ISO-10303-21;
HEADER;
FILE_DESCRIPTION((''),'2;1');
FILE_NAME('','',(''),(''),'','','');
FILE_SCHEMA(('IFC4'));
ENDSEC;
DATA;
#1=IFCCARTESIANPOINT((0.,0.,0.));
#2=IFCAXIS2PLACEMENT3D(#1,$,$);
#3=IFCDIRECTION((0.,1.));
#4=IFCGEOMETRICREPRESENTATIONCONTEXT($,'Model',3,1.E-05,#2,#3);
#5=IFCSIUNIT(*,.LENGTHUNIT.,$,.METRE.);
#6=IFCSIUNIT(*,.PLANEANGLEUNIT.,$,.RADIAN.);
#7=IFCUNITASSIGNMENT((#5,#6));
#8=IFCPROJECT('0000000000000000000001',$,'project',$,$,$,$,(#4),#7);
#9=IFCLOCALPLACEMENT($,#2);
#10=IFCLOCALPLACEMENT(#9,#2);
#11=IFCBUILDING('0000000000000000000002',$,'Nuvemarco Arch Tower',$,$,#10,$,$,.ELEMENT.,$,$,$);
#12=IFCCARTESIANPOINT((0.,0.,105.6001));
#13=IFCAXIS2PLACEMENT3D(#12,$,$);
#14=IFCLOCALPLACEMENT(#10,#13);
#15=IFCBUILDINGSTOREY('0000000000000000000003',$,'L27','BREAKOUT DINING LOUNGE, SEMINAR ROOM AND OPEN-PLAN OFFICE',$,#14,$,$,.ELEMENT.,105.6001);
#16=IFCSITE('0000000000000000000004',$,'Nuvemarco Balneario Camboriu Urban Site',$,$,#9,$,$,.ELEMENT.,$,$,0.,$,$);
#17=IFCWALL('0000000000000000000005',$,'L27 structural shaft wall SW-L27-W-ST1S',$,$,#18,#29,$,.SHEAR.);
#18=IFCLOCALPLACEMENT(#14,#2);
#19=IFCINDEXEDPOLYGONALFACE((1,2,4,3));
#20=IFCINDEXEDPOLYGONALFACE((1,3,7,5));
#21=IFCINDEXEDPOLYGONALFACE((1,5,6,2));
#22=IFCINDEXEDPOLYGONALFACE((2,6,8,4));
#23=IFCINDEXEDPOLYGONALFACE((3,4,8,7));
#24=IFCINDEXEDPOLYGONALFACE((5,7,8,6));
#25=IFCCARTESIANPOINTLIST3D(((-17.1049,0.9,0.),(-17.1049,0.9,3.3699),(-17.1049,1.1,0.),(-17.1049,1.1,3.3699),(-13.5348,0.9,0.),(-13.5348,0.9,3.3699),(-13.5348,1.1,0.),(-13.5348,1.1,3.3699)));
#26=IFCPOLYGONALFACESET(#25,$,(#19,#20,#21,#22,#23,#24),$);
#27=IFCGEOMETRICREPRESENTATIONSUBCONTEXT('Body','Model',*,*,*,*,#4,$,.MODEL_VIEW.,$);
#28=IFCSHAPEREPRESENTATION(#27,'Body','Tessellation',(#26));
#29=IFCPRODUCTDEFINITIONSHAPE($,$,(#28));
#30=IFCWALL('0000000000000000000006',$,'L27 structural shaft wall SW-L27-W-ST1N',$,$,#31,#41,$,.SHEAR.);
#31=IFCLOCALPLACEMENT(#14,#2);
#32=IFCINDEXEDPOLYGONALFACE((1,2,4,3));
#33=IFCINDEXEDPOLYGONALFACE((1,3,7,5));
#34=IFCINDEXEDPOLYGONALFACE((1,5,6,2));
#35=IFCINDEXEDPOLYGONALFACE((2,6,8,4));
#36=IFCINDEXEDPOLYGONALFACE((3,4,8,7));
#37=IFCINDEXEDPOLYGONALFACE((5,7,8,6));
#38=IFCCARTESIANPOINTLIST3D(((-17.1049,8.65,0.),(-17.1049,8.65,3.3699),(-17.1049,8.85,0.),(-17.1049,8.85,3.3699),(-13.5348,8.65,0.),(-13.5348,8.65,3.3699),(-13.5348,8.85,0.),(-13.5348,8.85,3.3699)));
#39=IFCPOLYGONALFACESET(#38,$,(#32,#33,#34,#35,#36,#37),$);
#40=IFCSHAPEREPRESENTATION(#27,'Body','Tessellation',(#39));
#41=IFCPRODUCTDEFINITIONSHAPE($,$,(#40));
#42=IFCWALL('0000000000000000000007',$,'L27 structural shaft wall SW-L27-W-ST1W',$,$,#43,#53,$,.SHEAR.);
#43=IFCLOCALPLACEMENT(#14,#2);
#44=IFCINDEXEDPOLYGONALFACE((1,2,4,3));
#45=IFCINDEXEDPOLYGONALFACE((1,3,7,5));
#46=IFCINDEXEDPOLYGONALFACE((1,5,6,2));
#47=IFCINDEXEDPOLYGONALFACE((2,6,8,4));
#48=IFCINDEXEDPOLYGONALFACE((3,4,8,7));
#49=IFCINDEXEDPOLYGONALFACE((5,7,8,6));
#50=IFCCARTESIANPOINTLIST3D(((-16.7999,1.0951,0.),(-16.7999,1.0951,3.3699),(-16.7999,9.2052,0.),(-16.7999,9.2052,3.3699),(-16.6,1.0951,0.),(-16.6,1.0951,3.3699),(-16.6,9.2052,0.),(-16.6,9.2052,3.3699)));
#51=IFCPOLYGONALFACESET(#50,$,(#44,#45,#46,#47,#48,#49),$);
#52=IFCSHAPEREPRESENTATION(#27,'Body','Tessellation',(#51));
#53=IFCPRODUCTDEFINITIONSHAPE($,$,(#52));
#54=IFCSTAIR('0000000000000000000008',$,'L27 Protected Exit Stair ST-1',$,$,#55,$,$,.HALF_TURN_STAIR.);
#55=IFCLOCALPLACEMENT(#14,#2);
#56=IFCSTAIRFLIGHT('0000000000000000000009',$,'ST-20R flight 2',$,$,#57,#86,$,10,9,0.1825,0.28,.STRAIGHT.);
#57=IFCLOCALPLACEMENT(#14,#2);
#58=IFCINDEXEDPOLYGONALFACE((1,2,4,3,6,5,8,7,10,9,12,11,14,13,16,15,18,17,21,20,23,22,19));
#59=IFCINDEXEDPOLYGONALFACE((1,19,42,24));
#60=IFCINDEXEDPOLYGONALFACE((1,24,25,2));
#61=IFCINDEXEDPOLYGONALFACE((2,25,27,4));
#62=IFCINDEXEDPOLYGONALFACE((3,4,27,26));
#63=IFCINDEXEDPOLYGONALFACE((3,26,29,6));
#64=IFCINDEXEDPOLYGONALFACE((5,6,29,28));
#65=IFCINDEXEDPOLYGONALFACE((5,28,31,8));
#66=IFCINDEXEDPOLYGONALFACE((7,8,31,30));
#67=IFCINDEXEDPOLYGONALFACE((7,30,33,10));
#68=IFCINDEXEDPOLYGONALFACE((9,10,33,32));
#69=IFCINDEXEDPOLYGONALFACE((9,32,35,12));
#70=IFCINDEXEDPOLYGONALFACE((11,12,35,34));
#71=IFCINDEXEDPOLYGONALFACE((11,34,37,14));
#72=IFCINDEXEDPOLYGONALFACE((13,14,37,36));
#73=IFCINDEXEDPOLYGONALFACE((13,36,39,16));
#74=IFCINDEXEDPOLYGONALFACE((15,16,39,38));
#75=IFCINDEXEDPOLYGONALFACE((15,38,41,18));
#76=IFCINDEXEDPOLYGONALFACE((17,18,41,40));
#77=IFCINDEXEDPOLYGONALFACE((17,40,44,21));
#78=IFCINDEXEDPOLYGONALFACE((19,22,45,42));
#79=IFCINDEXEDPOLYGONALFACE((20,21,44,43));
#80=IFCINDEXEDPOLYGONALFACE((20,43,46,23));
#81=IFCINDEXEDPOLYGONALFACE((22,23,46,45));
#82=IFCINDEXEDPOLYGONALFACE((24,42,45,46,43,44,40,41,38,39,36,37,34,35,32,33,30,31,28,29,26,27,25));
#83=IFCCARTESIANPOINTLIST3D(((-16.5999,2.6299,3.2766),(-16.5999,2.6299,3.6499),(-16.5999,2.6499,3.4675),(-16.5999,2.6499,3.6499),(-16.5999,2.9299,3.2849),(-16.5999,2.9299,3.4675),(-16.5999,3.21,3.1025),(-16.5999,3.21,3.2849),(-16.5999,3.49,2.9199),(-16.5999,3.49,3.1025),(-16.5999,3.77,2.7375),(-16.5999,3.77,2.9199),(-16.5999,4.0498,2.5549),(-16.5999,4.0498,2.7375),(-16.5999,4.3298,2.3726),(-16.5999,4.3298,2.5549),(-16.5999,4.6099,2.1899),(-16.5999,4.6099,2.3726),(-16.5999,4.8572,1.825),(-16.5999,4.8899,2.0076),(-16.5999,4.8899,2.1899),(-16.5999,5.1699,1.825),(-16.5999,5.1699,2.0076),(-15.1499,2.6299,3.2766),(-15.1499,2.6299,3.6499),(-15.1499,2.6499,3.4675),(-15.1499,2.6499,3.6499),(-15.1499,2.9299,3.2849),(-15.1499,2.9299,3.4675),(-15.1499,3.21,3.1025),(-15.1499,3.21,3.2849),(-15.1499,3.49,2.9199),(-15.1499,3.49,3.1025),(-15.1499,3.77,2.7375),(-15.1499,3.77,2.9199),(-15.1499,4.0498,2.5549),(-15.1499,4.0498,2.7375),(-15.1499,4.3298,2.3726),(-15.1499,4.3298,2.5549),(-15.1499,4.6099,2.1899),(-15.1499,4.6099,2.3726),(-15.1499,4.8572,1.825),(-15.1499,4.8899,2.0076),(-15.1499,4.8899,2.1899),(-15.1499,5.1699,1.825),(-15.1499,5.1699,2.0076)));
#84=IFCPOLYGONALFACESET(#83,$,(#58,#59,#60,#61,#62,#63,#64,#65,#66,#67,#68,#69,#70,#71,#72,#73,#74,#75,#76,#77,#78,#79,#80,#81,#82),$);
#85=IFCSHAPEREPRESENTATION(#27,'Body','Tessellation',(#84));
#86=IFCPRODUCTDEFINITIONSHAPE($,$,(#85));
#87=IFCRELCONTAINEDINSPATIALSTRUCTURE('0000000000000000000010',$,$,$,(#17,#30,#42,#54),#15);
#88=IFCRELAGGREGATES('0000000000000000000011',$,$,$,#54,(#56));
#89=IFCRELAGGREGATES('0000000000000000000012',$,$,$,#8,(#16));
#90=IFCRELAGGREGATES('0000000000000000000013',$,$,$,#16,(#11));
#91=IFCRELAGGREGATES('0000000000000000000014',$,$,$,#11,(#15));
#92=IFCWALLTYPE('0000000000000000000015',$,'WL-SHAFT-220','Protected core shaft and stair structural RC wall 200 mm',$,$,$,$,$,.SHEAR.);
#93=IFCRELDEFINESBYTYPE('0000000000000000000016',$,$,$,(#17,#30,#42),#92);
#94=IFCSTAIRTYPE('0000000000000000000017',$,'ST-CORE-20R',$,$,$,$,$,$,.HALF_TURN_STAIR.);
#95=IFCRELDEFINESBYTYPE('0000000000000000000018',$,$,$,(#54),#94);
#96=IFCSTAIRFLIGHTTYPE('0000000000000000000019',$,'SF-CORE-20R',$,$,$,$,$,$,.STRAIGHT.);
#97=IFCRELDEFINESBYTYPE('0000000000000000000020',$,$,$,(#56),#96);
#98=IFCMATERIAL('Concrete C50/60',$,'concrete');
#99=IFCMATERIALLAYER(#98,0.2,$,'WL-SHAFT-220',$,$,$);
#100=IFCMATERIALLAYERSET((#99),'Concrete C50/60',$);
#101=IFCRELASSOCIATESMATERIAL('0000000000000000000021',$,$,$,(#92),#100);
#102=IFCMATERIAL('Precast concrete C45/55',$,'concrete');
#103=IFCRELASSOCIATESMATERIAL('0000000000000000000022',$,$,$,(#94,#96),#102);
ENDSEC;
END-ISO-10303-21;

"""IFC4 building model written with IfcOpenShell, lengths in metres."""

from ifc_helpers import new_model, si_unit, direction, frame, frame_2d, origin, place, context, subcontext, project, spatial, polyline, rectangle, outline, extrude, material, layer, layer_set, type_object, element, aggregate, save


model = new_model("IFC4")

# Units and contexts
model_context = context("Model", 3, precision=1e-05, world=origin(), true_north=direction((0.0, 1.0)))
body_context = subcontext(model_context, "Body", "Model", "MODEL_VIEW")
ifc_project = project(units=[si_unit("LENGTHUNIT", "METRE"), si_unit("PLANEANGLEUNIT", "RADIAN")], contexts=[model_context])

# Site, building, storey
site_placement = place(None, origin())
site = spatial("IfcSite", under=ifc_project, at=site_placement, Name="Nuvemarco Balneario Camboriu Urban Site", CompositionType="ELEMENT", RefElevation=0.0)
building_placement = place(site_placement, origin())
building = spatial("IfcBuilding", under=site, at=building_placement, Name="Nuvemarco Arch Tower", CompositionType="ELEMENT")
storey_placement = place(building_placement, frame((0.0, 0.0, 105.6001)))
storey = spatial("IfcBuildingStorey", under=building, at=storey_placement, Name="L27", Description="BREAKOUT DINING LOUNGE, SEMINAR ROOM AND OPEN-PLAN OFFICE", CompositionType="ELEMENT", Elevation=105.6001)

# Shared definitions
ifc_material_1 = material(Name="Precast concrete C45/55", Category="concrete")

# Walls
ifc_material_2 = material(Name="Concrete C50/60", Category="concrete")
ifc_layer_1 = layer(ifc_material_2, 0.2, Name="WL-SHAFT-220")
ifc_layer_set_1 = layer_set([ifc_layer_1], Name="Concrete C50/60")
wall_type_1 = type_object("IfcWallType", Name="WL-SHAFT-220", Description="Protected core shaft and stair structural RC wall 200 mm", PredefinedType="SHEAR", material=ifc_layer_set_1)
for number, where, z_axis, x_axis, name in (
    (1, (-17.105, 1.0, 0.0), (0.0, 0.0, 1.0), (1.0, 0.0, 0.0), "L27 structural shaft wall SW-L27-W-ST1S"),
    (2, (-17.105, 8.75, 0.0), (0.0, 0.0, 1.0), (1.0, 0.0, 0.0), "L27 structural shaft wall SW-L27-W-ST1N"),
):
    element("IfcWall", number, at=place(storey_placement, frame(where, z_axis=z_axis, x_axis=x_axis)), inside=storey, type_object=wall_type_1, Name=name, PredefinedType="SHEAR", context=body_context, shape_type="SweptSolid", body=[
        extrude(rectangle(XDim=3.5701, YDim=0.2, at=frame_2d((1.7852, 0.0))), origin(), (0.0, 0.0, 1.0), 3.3699),
    ])
wall_1_placement = place(storey_placement, frame((-16.7, 1.095, 0.0), z_axis=(0.0, 0.0, 1.0), x_axis=(0.0, 1.0, 0.0)))
element("IfcWall", 3, at=wall_1_placement, inside=storey, type_object=wall_type_1, Name="L27 structural shaft wall SW-L27-W-ST1W", PredefinedType="SHEAR", context=body_context, shape_type="SweptSolid", body=[
    extrude(rectangle(XDim=8.1101, YDim=0.2, at=frame_2d((4.0552, 0.0))), origin(), (0.0, 0.0, 1.0), 3.3699),
])

# Stair, stair flight
stair_type = type_object("IfcStairType", Name="ST-CORE-20R", PredefinedType="HALF_TURN_STAIR", material=ifc_material_1)
stair_placement = place(storey_placement, origin())
stair = element("IfcStair", 4, at=stair_placement, inside=storey, type_object=stair_type, Name="L27 Protected Exit Stair ST-1", PredefinedType="HALF_TURN_STAIR")
stair_flight_type = type_object("IfcStairFlightType", Name="SF-CORE-20R", PredefinedType="STRAIGHT", material=ifc_material_1)
stair_flight_placement = place(storey_placement, frame((-15.875, 5.1699, 1.825), z_axis=(0.0, 0.0, 1.0), x_axis=(0.0, -1.0, 0.0)))
stair_flight = element("IfcStairFlight", 5, at=stair_flight_placement, type_object=stair_flight_type, Name="ST-20R flight 2", NumberOfRisers=10, NumberOfTreads=9, PredefinedType="STRAIGHT", RiserHeight=0.1825, TreadLength=0.28, context=body_context, shape_type="SweptSolid", body=[
    extrude(outline(polyline([(0.0, 0.0), (0.0, 0.1826), (0.28, 0.1826), (0.28, 0.365), (0.5601, 0.365), (0.5601, 0.5476), (0.8401, 0.5476), (0.8401, 0.73), (1.1201, 0.73), (1.1201, 0.9126), (1.3999, 0.9126), (1.3999, 1.095), (1.6799, 1.095), (1.6799, 1.2776), (1.96, 1.2776), (1.96, 1.46), (2.24, 1.46), (2.24, 1.6426), (2.52, 1.6426), (2.52, 1.825), (2.54, 1.825), (2.54, 1.4517), (0.3127, 0.0), (0.0, 0.0)])), frame((0.0, 0.7251, 0.0), z_axis=(0.0, -1.0, 0.0), x_axis=(1.0, 0.0, 0.0)), (0.0, 0.0, 1.0), 1.45),
])
aggregate(stair, [stair_flight])

save(model, "model.ifc")
